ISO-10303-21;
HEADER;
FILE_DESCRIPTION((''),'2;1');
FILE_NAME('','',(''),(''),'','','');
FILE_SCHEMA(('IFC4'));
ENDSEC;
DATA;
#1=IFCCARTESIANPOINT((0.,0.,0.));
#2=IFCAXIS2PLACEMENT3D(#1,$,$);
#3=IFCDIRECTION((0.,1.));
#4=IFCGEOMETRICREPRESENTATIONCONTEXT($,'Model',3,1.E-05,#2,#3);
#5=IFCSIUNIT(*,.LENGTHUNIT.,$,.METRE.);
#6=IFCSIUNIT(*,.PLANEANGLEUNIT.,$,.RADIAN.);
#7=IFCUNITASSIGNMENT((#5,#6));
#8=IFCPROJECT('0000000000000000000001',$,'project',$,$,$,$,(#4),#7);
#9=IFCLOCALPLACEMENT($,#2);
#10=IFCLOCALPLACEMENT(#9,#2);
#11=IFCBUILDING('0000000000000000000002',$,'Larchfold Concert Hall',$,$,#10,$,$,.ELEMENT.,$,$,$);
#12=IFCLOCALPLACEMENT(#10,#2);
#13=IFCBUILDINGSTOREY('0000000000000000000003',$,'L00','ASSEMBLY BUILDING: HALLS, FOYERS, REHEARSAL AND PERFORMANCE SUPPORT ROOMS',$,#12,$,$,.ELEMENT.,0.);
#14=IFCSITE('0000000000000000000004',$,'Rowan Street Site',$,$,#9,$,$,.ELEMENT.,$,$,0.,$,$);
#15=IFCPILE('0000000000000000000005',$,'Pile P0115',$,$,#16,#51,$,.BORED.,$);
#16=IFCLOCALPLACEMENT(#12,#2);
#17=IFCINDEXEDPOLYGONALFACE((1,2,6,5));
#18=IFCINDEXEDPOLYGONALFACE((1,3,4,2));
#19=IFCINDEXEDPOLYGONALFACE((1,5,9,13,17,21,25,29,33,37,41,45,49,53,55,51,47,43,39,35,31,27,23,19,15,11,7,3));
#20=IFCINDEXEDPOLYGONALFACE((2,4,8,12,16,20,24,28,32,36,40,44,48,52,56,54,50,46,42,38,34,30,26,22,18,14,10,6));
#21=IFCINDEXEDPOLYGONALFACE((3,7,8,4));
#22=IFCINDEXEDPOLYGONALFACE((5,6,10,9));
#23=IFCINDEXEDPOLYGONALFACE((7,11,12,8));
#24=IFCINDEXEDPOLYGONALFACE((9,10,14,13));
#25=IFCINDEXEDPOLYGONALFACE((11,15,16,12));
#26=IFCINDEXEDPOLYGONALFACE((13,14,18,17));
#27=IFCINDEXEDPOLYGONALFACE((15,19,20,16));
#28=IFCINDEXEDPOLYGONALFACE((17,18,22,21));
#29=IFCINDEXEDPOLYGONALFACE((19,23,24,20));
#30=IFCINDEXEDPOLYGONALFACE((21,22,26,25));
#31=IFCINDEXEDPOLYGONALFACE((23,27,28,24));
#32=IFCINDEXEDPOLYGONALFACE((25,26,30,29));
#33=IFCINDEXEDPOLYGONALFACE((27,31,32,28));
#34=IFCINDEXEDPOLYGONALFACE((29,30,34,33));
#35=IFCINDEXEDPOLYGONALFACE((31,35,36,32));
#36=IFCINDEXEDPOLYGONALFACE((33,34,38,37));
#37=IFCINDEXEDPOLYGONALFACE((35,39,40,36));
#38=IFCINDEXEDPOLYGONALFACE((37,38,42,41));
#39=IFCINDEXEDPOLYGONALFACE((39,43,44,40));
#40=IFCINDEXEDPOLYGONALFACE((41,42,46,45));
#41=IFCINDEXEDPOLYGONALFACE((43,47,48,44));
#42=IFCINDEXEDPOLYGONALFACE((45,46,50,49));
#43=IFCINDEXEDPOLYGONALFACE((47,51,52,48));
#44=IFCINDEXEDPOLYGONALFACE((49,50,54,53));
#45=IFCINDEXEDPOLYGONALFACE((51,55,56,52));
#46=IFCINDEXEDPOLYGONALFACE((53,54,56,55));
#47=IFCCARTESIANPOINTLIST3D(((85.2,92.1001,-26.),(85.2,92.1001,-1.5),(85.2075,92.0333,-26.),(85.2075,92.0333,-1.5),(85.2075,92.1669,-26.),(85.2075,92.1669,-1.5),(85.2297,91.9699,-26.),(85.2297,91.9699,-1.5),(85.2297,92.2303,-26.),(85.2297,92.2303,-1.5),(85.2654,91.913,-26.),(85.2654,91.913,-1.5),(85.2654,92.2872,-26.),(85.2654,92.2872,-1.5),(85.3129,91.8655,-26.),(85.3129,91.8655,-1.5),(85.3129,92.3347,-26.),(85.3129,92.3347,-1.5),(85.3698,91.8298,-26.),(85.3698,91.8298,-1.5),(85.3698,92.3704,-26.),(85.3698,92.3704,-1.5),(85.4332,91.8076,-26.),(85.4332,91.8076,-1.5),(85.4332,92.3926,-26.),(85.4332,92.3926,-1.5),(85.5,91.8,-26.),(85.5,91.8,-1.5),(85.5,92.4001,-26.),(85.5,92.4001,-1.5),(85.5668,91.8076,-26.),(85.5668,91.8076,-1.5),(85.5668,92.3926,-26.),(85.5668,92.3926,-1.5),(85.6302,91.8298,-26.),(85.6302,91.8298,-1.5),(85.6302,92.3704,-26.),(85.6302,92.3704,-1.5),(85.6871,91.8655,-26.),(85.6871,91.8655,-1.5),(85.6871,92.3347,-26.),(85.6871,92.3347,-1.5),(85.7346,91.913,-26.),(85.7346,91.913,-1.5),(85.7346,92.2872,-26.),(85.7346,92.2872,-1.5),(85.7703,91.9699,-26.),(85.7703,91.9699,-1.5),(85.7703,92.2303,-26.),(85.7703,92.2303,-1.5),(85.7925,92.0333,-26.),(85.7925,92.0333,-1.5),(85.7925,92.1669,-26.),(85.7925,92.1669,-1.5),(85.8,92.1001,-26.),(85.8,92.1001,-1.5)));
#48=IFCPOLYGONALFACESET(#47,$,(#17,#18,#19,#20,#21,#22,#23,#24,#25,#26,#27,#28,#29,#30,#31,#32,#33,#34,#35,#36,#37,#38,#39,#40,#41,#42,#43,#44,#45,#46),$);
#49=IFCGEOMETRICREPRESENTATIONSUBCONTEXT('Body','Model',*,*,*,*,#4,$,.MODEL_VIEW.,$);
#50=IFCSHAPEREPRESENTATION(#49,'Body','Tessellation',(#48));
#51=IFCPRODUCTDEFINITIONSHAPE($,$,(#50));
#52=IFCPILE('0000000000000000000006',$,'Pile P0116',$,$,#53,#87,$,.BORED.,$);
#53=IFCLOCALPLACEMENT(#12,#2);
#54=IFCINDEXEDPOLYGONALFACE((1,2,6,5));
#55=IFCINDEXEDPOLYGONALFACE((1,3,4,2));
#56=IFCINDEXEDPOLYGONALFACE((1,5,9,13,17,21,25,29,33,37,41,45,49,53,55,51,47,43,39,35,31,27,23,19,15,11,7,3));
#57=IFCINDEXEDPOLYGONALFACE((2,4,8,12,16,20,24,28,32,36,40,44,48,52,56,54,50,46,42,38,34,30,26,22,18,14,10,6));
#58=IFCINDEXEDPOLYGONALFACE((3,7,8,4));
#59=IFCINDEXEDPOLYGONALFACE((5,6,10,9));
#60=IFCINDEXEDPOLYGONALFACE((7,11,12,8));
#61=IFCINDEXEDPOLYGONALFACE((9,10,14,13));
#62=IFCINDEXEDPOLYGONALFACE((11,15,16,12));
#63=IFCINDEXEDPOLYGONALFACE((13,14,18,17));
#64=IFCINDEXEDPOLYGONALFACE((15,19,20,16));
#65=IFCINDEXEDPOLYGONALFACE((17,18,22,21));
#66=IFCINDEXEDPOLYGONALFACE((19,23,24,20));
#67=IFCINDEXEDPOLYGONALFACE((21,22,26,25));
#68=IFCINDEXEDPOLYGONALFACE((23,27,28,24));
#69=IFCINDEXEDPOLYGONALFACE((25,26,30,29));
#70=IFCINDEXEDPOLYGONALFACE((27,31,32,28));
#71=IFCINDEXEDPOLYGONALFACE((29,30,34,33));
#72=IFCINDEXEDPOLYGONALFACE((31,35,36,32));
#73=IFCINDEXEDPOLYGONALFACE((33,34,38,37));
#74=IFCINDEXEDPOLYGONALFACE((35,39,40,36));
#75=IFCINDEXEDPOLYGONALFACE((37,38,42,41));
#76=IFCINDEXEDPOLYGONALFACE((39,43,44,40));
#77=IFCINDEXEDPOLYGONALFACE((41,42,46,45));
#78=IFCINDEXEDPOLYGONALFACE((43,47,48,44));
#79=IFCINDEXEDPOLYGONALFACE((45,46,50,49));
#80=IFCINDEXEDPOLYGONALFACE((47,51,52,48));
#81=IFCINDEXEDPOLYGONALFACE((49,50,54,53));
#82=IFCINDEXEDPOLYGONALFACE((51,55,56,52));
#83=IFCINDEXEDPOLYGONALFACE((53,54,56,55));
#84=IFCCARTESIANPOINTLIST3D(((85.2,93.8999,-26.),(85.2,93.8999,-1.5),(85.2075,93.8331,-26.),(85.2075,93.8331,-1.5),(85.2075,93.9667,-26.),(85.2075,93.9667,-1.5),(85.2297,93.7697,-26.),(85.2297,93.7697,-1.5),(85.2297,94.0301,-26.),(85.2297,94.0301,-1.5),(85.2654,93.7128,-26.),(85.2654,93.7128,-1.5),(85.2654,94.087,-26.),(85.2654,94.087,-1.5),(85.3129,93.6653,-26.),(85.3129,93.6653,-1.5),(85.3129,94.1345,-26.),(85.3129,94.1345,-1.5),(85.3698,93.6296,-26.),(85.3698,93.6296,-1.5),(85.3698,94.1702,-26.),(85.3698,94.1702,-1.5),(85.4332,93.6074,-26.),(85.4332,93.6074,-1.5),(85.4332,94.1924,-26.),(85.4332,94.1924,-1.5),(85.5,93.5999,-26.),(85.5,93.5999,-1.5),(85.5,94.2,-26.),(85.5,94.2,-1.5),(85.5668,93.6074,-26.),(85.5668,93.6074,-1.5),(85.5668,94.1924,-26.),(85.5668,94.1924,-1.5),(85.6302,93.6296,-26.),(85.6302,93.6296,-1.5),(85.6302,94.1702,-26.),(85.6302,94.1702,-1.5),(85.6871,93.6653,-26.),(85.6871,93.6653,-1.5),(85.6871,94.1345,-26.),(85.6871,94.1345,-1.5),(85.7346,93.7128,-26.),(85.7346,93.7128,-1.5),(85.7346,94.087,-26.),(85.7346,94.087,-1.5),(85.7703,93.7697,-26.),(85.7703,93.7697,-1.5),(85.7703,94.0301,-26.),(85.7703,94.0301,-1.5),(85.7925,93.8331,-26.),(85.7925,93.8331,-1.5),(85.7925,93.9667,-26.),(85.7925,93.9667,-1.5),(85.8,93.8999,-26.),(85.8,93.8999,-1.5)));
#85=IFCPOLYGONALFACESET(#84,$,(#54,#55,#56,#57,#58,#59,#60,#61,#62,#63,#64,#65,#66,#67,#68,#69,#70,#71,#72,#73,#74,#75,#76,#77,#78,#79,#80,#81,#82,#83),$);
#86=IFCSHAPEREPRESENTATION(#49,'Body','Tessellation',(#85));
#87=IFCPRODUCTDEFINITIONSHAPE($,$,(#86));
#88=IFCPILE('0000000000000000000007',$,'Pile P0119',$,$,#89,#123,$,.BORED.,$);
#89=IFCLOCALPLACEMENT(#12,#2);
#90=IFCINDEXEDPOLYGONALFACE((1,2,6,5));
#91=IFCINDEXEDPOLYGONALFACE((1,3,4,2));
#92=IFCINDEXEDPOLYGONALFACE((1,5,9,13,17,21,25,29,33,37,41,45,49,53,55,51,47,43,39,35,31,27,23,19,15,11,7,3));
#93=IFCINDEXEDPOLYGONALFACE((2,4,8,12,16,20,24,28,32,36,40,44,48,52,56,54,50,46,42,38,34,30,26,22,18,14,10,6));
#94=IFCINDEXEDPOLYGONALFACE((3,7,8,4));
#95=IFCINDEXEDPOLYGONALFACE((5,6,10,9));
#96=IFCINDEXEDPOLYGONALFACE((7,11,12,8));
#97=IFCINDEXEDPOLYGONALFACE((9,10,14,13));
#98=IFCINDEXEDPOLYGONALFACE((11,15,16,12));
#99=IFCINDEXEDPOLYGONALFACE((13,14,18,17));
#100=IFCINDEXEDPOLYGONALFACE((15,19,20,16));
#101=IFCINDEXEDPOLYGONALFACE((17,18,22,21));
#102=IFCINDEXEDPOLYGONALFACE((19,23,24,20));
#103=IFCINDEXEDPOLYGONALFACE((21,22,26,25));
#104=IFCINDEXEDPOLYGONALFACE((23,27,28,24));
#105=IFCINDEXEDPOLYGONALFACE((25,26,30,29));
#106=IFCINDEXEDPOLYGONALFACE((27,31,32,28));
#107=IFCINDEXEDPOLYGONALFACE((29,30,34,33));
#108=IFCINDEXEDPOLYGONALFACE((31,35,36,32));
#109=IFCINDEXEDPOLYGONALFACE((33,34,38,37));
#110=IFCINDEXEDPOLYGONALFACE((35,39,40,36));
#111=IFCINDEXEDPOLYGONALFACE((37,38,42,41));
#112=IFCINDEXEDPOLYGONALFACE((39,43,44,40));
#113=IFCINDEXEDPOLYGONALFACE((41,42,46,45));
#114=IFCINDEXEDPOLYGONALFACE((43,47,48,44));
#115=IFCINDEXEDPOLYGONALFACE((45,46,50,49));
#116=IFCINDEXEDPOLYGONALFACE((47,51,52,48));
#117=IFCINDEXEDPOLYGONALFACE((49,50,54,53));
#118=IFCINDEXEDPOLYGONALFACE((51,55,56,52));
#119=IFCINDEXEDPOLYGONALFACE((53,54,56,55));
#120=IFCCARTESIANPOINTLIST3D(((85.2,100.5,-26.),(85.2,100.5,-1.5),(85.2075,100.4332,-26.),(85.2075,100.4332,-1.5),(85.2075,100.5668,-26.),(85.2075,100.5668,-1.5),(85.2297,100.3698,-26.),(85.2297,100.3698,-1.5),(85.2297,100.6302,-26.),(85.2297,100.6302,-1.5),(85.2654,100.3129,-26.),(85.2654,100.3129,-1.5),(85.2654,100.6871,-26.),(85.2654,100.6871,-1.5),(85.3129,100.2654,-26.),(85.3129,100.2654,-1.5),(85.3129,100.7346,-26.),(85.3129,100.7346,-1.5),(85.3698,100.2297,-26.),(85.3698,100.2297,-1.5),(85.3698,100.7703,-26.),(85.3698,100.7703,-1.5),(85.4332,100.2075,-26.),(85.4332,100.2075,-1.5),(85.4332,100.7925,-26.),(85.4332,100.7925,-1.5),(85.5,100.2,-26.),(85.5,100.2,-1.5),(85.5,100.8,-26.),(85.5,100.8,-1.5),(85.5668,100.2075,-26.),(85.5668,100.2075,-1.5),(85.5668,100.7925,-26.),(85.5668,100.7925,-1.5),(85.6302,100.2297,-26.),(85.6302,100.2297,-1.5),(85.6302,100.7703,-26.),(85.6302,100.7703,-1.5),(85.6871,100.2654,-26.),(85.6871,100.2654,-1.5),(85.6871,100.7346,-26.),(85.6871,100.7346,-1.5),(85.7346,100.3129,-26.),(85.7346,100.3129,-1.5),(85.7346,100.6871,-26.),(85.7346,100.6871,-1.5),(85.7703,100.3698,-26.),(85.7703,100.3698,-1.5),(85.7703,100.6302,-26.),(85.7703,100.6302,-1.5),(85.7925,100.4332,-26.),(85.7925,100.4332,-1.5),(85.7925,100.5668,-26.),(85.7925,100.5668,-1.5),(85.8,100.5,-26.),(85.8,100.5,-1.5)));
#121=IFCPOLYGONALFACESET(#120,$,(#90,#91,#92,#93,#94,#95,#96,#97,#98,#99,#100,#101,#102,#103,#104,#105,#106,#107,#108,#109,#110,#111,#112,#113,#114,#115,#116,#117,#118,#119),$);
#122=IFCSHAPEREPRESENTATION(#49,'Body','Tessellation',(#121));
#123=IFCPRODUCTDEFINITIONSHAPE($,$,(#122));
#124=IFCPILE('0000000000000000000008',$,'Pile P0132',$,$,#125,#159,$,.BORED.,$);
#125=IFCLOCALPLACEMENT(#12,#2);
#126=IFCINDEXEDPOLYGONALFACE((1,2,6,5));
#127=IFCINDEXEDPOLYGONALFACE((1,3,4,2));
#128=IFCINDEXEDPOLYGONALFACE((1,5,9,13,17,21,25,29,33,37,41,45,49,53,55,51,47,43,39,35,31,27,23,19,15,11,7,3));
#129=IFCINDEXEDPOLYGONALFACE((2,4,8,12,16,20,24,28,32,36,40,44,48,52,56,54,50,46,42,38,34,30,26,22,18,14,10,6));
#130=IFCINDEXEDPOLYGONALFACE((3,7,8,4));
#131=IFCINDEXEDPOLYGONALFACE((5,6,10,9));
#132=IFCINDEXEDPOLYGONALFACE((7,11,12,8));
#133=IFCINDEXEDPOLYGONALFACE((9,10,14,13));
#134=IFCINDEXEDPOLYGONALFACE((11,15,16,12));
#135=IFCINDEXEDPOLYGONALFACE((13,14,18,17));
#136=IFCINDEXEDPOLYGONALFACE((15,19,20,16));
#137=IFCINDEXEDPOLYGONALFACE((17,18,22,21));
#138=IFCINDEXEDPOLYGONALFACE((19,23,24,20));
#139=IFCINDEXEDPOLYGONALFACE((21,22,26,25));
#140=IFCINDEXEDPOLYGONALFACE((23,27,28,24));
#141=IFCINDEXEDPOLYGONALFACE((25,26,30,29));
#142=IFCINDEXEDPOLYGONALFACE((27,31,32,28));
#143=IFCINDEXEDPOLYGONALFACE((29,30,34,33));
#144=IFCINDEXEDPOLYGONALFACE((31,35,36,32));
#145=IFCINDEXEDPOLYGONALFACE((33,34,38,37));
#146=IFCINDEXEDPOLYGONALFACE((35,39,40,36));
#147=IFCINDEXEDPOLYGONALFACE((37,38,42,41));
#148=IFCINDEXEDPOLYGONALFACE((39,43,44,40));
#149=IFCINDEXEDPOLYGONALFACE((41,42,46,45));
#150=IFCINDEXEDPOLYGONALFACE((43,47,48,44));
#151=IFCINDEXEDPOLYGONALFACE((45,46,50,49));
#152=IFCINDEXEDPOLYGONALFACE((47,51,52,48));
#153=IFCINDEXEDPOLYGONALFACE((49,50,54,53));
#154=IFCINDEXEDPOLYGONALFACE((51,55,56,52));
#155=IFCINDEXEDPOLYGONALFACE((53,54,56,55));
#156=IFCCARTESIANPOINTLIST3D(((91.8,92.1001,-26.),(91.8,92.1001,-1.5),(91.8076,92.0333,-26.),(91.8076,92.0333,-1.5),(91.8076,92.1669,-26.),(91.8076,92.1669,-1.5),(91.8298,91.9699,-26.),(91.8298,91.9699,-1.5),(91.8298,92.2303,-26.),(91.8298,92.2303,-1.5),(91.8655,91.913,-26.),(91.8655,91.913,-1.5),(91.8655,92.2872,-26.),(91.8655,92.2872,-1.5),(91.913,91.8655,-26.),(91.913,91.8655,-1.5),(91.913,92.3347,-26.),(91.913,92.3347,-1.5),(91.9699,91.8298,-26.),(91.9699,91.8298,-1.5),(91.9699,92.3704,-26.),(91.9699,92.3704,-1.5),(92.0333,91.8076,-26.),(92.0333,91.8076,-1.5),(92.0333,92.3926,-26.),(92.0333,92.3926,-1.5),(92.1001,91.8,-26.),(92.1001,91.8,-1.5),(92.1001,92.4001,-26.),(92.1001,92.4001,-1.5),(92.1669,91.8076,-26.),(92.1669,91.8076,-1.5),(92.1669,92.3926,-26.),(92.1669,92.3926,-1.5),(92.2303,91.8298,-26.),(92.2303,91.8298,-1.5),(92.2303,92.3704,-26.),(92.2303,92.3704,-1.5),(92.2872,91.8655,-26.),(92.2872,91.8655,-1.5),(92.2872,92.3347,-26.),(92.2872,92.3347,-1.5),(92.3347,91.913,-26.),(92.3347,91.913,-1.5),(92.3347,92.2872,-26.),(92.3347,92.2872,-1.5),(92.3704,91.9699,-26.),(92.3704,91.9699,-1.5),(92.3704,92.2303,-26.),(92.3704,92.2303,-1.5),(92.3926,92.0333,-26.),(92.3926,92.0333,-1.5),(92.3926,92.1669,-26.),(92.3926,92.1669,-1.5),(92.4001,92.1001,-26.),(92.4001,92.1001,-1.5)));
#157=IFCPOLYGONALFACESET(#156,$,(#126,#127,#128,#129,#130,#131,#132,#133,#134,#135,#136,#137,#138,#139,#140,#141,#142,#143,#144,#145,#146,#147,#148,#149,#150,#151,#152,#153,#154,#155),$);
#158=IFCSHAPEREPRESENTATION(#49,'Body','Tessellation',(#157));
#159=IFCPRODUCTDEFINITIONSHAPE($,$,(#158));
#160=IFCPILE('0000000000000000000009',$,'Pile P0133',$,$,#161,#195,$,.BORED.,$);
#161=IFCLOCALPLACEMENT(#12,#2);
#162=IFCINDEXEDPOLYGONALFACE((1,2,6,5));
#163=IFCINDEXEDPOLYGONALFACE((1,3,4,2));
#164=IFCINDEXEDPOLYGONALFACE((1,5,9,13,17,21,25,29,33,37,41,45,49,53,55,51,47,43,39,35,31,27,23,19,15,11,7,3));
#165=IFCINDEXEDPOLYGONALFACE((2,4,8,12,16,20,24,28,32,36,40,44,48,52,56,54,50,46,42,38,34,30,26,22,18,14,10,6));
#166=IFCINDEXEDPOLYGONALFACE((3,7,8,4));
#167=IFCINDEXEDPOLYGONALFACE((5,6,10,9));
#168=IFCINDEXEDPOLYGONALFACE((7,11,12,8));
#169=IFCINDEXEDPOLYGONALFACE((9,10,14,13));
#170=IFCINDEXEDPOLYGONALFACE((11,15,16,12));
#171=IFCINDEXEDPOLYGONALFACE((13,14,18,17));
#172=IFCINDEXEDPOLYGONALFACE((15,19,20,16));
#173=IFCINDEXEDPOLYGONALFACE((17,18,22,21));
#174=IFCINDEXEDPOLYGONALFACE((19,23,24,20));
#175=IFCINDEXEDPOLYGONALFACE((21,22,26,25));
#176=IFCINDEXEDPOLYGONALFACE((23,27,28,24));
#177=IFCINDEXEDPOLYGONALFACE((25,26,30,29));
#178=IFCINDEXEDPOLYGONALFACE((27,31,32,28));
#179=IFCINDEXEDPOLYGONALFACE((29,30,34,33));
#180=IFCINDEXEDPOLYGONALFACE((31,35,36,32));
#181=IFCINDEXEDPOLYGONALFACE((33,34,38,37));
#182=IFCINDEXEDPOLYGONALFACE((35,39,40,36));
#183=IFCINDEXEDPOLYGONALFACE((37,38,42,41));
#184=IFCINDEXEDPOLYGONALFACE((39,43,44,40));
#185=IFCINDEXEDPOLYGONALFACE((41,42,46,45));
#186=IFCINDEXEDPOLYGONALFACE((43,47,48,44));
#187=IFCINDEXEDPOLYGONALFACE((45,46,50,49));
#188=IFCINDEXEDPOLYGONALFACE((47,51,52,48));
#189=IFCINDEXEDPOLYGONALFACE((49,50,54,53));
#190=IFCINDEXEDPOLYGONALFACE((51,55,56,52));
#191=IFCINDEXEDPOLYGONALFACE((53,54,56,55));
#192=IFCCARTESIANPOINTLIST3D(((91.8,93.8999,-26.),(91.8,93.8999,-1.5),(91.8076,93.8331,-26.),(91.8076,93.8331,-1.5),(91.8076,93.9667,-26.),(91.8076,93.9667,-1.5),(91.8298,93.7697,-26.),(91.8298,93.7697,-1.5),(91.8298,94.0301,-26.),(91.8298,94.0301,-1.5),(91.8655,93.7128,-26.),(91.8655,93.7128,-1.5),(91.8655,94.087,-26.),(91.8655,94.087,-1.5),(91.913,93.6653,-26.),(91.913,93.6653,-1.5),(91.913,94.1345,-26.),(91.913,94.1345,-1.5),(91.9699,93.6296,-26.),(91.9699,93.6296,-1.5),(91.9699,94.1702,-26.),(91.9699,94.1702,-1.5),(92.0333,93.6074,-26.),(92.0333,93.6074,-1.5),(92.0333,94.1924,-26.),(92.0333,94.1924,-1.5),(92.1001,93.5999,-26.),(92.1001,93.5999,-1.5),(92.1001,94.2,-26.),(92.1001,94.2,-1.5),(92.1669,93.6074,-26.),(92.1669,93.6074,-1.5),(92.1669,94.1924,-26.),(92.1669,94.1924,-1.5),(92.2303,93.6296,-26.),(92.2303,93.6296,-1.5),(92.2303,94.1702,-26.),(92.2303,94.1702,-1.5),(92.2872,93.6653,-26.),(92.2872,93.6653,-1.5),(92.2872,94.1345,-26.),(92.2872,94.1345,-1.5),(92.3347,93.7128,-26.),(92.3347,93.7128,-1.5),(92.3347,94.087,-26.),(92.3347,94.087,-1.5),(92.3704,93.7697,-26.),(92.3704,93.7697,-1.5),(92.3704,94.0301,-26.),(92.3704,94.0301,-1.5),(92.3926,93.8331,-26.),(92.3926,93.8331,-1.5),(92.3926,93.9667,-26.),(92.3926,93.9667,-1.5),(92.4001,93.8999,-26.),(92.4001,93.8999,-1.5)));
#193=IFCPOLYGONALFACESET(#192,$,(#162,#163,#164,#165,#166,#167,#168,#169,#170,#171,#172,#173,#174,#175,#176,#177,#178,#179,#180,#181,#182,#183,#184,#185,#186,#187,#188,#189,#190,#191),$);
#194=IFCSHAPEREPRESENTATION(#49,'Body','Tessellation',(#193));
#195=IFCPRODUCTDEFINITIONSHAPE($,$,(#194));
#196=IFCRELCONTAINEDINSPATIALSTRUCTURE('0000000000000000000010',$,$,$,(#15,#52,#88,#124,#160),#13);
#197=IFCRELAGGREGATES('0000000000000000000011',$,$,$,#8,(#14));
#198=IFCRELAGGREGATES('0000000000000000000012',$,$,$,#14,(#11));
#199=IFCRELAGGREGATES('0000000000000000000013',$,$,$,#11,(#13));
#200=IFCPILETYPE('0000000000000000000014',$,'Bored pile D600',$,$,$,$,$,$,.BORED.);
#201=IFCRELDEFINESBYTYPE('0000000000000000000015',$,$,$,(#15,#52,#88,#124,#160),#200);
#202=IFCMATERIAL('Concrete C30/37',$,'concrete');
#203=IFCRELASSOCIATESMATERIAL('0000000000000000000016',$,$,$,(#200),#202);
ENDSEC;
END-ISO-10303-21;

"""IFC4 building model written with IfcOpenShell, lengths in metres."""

from ifc_helpers import new_model, si_unit, direction, frame, origin, origin_2d, place, context, subcontext, project, spatial, circle, extrude, material, material_profile, profile_set, type_object, element, save


model = new_model("IFC4")

# Units and contexts
model_context = context("Model", 3, precision=1e-05, world=origin(), true_north=direction((0.0, 1.0)))
body_context = subcontext(model_context, "Body", "Model", "MODEL_VIEW")
ifc_project = project(units=[si_unit("LENGTHUNIT", "METRE"), si_unit("PLANEANGLEUNIT", "RADIAN")], contexts=[model_context])

# Site, building, storey
site_placement = place(None, origin())
site = spatial("IfcSite", under=ifc_project, at=site_placement, Name="Rowan Street Site", CompositionType="ELEMENT", RefElevation=0.0)
building_placement = place(site_placement, origin())
building = spatial("IfcBuilding", under=site, at=building_placement, Name="Larchfold Concert Hall", CompositionType="ELEMENT")
storey_placement = place(building_placement, origin())
storey = spatial("IfcBuildingStorey", under=building, at=storey_placement, Name="L00", Description="ASSEMBLY BUILDING: HALLS, FOYERS, REHEARSAL AND PERFORMANCE SUPPORT ROOMS", CompositionType="ELEMENT", Elevation=0.0)

# Piles
ifc_material_1 = material(Name="Concrete C30/37", Category="concrete")
ifc_material_profile_1 = material_profile(ifc_material_1, circle(Radius=0.3, at=origin_2d()))
ifc_profile_set_1 = profile_set([ifc_material_profile_1], Name="Concrete C30/37")
pile_type = type_object("IfcPileType", Name="Bored pile D600", PredefinedType="BORED", material=ifc_profile_set_1)
for number, where, z_axis, x_axis, name in (
    (1, (85.5, 92.1001, -1.5), (0.0, 0.0, -1.0), (1.0, 0.0, 0.0), "Pile P0115"),
    (2, (85.5, 93.8999, -1.5), (0.0, 0.0, -1.0), (1.0, 0.0, 0.0), "Pile P0116"),
    (3, (85.5, 100.5, -1.5), (0.0, 0.0, -1.0), (1.0, 0.0, 0.0), "Pile P0119"),
    (4, (92.1001, 92.1001, -1.5), (0.0, 0.0, -1.0), (1.0, 0.0, 0.0), "Pile P0132"),
    (5, (92.1001, 93.8999, -1.5), (0.0, 0.0, -1.0), (1.0, 0.0, 0.0), "Pile P0133"),
):
    element("IfcPile", number, at=place(storey_placement, frame(where, z_axis=z_axis, x_axis=x_axis)), inside=storey, type_object=pile_type, Name=name, PredefinedType="BORED", context=body_context, shape_type="SweptSolid", body=[
        extrude(circle(Radius=0.3, at=origin_2d()), origin(), (0.0, 0.0, 1.0), 24.5),
    ])

save(model, "model.ifc")
